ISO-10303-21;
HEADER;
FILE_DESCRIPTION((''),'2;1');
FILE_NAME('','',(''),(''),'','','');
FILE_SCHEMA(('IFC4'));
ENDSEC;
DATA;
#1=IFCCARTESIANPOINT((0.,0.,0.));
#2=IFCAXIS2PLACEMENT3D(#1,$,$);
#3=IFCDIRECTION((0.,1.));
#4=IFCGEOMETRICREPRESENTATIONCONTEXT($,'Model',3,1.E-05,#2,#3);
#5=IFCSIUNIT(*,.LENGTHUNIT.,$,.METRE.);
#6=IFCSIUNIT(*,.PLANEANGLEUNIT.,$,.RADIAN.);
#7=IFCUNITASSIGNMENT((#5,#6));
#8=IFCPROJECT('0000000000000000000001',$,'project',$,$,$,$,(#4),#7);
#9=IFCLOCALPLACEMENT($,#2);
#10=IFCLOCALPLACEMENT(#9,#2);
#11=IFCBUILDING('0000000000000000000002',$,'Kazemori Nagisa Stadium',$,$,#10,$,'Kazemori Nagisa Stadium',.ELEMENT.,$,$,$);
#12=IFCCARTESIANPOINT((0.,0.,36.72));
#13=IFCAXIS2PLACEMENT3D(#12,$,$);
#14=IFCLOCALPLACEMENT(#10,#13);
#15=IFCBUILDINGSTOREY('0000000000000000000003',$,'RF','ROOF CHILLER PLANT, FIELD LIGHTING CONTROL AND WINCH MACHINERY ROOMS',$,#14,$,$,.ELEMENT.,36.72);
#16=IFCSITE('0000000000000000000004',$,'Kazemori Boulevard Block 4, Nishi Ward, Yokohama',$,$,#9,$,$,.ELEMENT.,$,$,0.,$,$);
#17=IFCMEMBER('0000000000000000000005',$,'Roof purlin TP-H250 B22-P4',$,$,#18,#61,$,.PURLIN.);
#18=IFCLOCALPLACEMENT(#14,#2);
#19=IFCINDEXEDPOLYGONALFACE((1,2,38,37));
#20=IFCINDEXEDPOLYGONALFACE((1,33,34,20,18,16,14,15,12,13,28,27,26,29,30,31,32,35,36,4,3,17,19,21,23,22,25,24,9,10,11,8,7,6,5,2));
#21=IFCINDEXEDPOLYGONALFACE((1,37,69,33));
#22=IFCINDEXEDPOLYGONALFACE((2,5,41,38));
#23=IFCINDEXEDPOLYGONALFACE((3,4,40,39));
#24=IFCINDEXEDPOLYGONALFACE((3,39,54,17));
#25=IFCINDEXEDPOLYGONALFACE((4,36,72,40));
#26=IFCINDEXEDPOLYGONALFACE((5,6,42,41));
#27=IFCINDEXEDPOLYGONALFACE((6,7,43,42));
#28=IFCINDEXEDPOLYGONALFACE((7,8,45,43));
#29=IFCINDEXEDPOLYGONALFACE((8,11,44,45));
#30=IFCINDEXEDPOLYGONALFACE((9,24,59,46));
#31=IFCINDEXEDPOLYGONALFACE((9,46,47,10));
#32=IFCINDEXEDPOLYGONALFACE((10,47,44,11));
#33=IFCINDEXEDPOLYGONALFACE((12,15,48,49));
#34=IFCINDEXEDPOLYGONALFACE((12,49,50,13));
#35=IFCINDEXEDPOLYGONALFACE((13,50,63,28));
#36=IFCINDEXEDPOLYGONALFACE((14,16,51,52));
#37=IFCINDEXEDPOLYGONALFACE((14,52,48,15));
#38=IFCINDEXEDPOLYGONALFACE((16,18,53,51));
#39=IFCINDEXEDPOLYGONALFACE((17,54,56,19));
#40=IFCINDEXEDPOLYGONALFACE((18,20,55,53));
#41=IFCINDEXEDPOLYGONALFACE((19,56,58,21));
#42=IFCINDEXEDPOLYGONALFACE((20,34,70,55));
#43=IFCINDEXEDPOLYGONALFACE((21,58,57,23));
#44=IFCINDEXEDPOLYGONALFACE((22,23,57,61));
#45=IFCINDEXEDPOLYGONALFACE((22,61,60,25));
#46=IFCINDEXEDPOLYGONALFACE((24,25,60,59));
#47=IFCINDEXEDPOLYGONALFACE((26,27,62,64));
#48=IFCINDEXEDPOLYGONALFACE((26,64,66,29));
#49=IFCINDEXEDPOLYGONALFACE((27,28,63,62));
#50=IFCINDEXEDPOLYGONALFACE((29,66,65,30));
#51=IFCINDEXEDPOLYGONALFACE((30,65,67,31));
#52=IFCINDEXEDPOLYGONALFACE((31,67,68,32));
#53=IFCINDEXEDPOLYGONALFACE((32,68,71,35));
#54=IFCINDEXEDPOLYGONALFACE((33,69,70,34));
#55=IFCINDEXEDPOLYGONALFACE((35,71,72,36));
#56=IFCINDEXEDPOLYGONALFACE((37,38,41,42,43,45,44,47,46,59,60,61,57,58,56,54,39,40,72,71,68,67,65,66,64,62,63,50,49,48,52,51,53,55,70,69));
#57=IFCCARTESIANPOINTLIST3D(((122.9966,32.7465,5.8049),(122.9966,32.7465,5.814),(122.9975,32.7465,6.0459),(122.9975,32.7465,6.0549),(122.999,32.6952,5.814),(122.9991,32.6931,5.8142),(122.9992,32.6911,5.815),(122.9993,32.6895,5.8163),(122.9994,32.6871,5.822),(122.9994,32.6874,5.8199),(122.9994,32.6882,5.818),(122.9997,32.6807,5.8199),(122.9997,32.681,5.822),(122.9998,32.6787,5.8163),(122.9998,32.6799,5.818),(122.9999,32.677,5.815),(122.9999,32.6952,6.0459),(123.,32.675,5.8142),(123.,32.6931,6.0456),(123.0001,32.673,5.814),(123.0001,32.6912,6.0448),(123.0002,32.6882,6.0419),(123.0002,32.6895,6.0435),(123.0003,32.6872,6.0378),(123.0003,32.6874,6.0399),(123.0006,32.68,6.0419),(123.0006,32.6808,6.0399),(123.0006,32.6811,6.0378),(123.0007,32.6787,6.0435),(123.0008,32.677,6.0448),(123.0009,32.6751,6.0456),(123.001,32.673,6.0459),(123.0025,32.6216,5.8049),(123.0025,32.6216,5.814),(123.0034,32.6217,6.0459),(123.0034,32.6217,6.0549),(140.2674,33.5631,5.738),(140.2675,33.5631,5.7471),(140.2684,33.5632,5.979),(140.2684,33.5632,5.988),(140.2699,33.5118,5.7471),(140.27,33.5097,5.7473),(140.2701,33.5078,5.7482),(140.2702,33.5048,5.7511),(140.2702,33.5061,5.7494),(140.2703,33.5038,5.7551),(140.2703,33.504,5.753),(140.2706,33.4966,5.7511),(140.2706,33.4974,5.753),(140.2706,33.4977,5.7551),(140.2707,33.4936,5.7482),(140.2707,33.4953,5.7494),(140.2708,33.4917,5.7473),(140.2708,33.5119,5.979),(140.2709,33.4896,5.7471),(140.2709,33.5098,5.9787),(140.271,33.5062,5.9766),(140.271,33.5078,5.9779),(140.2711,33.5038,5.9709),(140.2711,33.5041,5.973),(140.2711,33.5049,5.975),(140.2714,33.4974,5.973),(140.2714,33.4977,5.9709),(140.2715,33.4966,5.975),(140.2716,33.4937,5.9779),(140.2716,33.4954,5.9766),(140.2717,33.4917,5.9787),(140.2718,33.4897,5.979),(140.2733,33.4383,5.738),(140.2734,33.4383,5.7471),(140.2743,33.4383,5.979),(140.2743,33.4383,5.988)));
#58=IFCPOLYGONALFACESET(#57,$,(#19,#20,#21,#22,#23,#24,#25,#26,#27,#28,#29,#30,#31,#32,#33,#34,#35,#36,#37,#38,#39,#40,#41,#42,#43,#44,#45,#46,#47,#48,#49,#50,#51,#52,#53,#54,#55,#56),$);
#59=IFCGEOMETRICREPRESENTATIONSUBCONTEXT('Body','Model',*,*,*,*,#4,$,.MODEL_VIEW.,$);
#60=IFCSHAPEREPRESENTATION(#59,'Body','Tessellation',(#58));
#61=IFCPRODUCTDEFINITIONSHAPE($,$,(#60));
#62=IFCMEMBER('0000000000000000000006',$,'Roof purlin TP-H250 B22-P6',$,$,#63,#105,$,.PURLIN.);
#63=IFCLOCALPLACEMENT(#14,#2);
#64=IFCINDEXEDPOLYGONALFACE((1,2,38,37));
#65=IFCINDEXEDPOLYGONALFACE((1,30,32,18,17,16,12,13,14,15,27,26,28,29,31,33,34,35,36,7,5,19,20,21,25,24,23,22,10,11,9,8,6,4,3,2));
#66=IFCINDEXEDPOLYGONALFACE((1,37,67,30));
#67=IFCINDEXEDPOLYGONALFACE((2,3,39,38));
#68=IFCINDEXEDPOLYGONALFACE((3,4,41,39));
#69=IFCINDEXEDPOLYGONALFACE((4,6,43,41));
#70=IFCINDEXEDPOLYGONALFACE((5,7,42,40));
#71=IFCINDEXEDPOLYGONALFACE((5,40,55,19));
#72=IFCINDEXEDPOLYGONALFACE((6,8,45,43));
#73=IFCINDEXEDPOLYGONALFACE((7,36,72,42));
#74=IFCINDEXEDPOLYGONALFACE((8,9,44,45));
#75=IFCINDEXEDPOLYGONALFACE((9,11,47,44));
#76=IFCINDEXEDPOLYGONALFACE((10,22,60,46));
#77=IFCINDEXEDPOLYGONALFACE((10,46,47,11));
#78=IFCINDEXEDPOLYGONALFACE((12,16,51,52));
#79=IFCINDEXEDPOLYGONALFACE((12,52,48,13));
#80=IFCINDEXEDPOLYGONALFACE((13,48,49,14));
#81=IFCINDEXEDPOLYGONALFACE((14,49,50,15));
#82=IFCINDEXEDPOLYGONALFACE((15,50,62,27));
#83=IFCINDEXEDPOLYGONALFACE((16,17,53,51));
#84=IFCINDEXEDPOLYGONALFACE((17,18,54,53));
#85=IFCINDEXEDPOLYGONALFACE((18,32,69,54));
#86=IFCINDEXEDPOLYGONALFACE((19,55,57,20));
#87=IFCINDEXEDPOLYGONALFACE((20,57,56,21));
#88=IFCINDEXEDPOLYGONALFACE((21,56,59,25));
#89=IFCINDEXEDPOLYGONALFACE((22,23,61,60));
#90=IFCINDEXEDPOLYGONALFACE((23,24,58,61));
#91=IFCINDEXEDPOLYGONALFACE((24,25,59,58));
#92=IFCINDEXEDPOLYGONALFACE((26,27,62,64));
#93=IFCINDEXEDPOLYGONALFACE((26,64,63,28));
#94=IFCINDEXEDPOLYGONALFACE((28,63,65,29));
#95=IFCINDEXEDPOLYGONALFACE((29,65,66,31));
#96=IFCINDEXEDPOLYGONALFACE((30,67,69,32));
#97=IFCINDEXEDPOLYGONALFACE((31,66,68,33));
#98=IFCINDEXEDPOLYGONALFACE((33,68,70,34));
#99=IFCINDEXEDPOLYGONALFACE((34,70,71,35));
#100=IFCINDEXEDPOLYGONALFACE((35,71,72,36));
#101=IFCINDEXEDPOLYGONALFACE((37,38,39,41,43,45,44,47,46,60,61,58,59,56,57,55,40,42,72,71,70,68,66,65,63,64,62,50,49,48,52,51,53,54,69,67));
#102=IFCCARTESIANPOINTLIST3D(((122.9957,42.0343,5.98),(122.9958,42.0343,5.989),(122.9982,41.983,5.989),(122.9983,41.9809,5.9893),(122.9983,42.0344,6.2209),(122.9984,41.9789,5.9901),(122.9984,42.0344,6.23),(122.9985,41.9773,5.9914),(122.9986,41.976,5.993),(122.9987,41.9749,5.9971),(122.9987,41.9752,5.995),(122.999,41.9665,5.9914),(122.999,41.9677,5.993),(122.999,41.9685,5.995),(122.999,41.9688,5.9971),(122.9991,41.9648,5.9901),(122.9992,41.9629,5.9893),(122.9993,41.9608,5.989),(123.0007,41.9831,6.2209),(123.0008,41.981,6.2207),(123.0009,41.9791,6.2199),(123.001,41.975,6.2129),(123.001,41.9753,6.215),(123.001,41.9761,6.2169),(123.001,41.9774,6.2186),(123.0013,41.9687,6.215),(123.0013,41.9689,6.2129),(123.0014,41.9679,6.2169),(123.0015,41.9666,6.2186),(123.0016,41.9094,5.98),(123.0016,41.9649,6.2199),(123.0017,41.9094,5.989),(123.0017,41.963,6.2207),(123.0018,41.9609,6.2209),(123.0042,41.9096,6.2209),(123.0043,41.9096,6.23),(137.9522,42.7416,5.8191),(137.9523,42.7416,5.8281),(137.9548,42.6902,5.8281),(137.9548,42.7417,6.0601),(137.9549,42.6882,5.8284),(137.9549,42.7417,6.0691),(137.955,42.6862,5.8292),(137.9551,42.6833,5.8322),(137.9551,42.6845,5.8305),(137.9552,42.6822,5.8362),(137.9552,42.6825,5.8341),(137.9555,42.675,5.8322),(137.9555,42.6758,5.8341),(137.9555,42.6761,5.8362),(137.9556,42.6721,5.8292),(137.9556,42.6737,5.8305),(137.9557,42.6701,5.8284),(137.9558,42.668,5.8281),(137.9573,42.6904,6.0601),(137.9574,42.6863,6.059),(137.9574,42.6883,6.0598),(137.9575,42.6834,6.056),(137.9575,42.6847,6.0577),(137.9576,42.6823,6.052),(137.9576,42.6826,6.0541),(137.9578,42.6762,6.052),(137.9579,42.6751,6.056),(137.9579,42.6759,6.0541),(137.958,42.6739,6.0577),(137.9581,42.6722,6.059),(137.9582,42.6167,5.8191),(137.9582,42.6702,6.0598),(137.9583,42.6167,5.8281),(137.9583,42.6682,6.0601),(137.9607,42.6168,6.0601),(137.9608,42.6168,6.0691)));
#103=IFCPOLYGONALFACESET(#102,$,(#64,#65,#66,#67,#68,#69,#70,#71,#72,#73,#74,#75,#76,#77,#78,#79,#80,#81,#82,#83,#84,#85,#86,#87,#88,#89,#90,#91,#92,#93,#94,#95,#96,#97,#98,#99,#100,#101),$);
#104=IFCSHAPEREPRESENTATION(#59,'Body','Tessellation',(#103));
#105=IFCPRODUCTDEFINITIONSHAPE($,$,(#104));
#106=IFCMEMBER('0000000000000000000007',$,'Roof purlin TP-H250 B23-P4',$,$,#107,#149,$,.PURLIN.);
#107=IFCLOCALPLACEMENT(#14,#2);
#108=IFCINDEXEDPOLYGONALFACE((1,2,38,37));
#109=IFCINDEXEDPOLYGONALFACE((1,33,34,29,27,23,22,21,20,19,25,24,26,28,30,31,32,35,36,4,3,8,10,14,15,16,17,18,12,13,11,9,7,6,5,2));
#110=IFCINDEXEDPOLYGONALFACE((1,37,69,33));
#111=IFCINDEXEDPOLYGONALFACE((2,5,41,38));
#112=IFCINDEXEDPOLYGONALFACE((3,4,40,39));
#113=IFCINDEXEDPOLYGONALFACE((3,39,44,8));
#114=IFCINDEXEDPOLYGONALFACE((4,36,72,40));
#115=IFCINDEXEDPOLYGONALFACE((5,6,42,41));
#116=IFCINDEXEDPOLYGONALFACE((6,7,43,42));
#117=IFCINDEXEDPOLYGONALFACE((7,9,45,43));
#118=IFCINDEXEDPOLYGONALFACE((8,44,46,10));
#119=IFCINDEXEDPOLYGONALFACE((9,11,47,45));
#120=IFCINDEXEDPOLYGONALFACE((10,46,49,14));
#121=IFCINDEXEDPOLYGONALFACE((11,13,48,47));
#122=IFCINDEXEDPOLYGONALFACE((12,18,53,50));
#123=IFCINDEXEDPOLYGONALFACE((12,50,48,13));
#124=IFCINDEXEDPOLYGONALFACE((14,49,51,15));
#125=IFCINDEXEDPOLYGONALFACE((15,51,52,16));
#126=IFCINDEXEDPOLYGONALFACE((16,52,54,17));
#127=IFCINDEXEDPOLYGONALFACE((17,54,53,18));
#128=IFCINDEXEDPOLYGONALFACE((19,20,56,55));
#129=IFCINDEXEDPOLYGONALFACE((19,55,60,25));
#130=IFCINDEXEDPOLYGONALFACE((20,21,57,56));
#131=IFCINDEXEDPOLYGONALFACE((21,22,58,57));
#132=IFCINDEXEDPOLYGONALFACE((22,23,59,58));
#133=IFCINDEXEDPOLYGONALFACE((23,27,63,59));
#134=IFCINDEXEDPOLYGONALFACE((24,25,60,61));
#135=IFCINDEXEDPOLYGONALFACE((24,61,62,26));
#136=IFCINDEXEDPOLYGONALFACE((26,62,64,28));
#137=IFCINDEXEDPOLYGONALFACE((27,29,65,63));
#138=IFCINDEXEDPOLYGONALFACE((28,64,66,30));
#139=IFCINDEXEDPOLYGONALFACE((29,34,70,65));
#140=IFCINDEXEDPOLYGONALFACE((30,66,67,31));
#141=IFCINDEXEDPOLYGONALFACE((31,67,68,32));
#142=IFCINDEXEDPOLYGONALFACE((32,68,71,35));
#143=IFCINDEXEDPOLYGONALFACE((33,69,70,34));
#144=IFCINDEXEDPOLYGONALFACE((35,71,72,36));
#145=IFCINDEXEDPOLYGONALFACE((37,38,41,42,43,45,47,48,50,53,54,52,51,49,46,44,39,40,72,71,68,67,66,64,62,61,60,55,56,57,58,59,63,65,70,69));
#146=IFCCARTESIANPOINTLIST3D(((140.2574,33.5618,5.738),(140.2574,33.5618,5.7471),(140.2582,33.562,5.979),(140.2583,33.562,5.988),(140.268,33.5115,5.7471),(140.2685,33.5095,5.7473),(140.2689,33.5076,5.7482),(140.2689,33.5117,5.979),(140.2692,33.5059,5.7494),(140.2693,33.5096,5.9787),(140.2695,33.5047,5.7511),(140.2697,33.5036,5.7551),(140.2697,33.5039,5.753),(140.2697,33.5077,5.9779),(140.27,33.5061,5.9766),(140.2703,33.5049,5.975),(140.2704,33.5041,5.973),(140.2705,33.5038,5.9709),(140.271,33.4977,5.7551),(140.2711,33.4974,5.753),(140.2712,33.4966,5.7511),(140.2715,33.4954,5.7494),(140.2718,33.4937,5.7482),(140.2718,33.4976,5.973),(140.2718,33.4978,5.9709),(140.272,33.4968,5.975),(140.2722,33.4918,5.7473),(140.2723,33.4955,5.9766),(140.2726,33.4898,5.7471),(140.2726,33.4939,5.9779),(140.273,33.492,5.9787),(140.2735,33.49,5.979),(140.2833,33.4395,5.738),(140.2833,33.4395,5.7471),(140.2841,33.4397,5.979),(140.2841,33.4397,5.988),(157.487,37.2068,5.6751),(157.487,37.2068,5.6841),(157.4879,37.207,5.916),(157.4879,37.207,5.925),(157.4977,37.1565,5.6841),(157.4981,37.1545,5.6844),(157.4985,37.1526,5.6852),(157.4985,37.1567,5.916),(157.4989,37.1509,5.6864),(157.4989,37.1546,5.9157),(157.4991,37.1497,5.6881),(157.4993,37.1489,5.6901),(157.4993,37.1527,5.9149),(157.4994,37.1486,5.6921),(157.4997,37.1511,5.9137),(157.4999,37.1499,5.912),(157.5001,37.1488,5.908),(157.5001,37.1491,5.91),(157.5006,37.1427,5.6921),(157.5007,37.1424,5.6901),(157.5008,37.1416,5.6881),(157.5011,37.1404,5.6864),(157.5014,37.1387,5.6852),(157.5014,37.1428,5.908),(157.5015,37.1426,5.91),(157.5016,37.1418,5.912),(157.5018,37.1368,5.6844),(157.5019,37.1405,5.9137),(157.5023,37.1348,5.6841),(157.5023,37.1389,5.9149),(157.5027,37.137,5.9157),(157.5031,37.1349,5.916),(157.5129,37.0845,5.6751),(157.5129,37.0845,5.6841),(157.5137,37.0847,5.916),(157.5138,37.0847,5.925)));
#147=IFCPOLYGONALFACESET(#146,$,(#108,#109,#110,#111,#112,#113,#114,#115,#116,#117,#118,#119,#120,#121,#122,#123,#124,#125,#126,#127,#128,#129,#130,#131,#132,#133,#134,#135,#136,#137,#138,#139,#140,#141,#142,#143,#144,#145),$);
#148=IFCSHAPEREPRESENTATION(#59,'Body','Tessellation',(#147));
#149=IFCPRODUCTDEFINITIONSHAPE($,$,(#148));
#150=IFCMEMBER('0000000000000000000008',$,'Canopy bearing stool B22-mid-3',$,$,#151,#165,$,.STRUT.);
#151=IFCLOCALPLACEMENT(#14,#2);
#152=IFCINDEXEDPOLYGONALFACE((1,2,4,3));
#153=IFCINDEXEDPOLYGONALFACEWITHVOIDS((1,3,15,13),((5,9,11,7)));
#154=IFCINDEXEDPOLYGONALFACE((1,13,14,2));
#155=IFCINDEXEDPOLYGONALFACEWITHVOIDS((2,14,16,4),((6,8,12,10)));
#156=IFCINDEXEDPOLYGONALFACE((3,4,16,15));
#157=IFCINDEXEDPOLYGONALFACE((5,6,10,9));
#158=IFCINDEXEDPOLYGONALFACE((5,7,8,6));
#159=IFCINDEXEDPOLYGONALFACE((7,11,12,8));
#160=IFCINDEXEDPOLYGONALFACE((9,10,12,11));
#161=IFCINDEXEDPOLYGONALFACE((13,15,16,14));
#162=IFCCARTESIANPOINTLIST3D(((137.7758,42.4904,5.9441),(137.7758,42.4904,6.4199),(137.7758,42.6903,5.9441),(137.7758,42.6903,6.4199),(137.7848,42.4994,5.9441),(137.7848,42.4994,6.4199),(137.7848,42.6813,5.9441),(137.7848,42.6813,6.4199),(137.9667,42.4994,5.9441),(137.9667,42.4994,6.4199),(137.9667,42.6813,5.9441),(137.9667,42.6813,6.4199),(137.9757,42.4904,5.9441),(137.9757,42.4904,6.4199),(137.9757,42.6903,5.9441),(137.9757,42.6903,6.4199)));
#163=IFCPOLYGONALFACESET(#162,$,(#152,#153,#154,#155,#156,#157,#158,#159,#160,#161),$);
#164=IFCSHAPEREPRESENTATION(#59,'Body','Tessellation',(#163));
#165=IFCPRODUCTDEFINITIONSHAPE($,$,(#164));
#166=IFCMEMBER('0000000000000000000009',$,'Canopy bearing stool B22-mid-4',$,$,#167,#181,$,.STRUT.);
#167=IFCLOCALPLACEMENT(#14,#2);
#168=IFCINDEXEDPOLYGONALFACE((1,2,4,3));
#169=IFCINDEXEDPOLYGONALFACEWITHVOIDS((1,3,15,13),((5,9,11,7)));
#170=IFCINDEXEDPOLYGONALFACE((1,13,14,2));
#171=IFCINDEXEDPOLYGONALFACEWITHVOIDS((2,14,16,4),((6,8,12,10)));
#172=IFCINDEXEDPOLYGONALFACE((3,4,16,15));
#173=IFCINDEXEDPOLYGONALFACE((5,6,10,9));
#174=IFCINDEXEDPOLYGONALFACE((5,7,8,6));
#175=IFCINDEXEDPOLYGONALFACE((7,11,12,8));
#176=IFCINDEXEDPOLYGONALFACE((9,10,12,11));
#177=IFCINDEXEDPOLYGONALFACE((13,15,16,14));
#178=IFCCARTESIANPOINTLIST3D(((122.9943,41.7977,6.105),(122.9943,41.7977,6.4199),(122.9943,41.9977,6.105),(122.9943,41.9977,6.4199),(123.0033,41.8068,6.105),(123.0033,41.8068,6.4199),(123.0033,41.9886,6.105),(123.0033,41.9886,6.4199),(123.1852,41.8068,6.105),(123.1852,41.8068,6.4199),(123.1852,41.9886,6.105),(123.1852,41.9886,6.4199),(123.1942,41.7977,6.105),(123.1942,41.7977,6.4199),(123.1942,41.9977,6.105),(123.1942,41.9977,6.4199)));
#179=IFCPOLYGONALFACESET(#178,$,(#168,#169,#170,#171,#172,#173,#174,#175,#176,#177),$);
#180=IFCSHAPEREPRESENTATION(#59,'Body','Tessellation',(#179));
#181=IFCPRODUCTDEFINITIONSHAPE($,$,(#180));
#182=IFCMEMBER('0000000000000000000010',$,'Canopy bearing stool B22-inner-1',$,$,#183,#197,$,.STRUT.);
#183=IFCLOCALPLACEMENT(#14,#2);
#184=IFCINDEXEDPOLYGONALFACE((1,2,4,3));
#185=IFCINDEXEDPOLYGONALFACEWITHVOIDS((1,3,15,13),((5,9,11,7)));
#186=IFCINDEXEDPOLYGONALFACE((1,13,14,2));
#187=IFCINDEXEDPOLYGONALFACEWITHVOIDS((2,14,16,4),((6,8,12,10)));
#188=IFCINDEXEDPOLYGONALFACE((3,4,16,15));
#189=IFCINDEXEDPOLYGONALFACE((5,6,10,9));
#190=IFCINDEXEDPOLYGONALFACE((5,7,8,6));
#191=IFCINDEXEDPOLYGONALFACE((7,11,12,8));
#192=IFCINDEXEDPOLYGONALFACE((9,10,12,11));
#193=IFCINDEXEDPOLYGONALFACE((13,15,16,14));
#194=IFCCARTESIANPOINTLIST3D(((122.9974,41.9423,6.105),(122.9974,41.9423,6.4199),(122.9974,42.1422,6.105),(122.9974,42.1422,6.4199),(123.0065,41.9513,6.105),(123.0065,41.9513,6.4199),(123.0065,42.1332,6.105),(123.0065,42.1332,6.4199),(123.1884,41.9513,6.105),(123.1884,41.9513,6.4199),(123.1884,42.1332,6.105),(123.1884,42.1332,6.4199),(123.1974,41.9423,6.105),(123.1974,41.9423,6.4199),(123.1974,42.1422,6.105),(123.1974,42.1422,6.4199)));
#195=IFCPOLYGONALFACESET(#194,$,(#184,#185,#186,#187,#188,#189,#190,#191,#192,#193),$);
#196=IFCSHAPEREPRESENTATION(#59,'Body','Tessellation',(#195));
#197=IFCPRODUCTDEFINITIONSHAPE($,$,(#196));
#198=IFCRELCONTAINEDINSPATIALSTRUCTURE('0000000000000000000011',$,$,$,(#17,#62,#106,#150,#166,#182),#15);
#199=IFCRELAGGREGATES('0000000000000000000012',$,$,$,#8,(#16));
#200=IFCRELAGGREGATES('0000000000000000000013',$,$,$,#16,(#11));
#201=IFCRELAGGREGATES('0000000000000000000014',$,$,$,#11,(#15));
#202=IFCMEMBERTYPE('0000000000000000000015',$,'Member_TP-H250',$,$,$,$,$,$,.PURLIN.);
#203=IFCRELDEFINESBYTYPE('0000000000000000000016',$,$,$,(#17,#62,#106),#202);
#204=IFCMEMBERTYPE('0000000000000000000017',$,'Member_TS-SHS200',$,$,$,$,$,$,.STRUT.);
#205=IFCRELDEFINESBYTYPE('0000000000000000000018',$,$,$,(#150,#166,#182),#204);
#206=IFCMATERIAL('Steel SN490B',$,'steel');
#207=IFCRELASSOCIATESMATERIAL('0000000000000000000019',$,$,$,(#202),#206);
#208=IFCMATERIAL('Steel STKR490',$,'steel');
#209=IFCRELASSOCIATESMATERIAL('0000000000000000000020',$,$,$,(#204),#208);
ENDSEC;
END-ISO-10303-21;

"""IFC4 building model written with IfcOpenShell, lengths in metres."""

from ifc_helpers import new_model, si_unit, direction, frame, origin, origin_2d, place, context, subcontext, project, spatial, hollow_rectangle, i_section, extrude, material, material_profile, profile_set, type_object, element, save


model = new_model("IFC4")

# Units and contexts
model_context = context("Model", 3, precision=1e-05, world=origin(), true_north=direction((0.0, 1.0)))
body_context = subcontext(model_context, "Body", "Model", "MODEL_VIEW")
ifc_project = project(units=[si_unit("LENGTHUNIT", "METRE"), si_unit("PLANEANGLEUNIT", "RADIAN")], contexts=[model_context])

# Site, building, storey
site_placement = place(None, origin())
site = spatial("IfcSite", under=ifc_project, at=site_placement, Name="Kazemori Boulevard Block 4, Nishi Ward, Yokohama", CompositionType="ELEMENT", RefElevation=0.0)
building_placement = place(site_placement, origin())
building = spatial("IfcBuilding", under=site, at=building_placement, Name="Kazemori Nagisa Stadium", LongName="Kazemori Nagisa Stadium", CompositionType="ELEMENT")
storey_placement = place(building_placement, frame((0.0, 0.0, 36.72)))
storey = spatial("IfcBuildingStorey", under=building, at=storey_placement, Name="RF", Description="ROOF CHILLER PLANT, FIELD LIGHTING CONTROL AND WINCH MACHINERY ROOMS", CompositionType="ELEMENT", Elevation=36.72)

# Members
ifc_material_1 = material(Name="Steel STKR490", Category="steel")
ifc_material_2 = material(Name="Steel SN490B", Category="steel")
ifc_material_profile_1 = material_profile(ifc_material_2, i_section(OverallWidth=0.125, OverallDepth=0.25, WebThickness=0.0061, FlangeThickness=0.009, FilletRadius=0.0081, at=origin_2d()), Name="H-250x125x6x9")
ifc_profile_set_1 = profile_set([ifc_material_profile_1], Name="Steel SN490B")
member_type_1 = type_object("IfcMemberType", Name="Member_TP-H250", PredefinedType="PURLIN", material=ifc_profile_set_1)
member_1_placement = place(storey_placement, frame((123.0, 32.6841, 5.9299), z_axis=(0.998876, 0.047232, -0.003869), x_axis=(-0.047232, 0.998884, 0.0)))
element("IfcMember", 1, at=member_1_placement, inside=storey, type_object=member_type_1, Name="Roof purlin TP-H250 B22-P4", PredefinedType="PURLIN", context=body_context, shape_type="SweptSolid", body=[
    extrude(i_section(OverallWidth=0.125, OverallDepth=0.25, WebThickness=0.0061, FlangeThickness=0.009, FilletRadius=0.0081, at=origin_2d()), origin(), (0.0, 0.0, 1.0), 17.2903),
])
member_2_placement = place(storey_placement, frame((123.0, 41.9719, 6.105), z_axis=(0.998826, 0.047233, -0.010744), x_axis=(-0.047236, 0.998884, 0.0)))
element("IfcMember", 2, at=member_2_placement, inside=storey, type_object=member_type_1, Name="Roof purlin TP-H250 B22-P6", PredefinedType="PURLIN", context=body_context, shape_type="SweptSolid", body=[
    extrude(i_section(OverallWidth=0.125, OverallDepth=0.25, WebThickness=0.0061, FlangeThickness=0.009, FilletRadius=0.0081, at=origin_2d()), origin(), (0.0, 0.0, 1.0), 14.9741),
])
member_3_placement = place(storey_placement, frame((140.2708, 33.5007, 5.863), z_axis=(0.97834, 0.206972, -0.003577), x_axis=(-0.206973, 0.978347, 0.0)))
element("IfcMember", 3, at=member_3_placement, inside=storey, type_object=member_type_1, Name="Roof purlin TP-H250 B23-P4", PredefinedType="PURLIN", context=body_context, shape_type="SweptSolid", body=[
    extrude(i_section(OverallWidth=0.125, OverallDepth=0.25, WebThickness=0.0061, FlangeThickness=0.009, FilletRadius=0.0081, at=origin_2d()), origin(), (0.0, 0.0, 1.0), 17.6111),
])
ifc_material_profile_2 = material_profile(ifc_material_1, hollow_rectangle(XDim=0.2, YDim=0.2, WallThickness=0.009, at=origin_2d()), Name="SHS-200x200x9")
ifc_profile_set_2 = profile_set([ifc_material_profile_2], Name="Steel STKR490")
member_type_2 = type_object("IfcMemberType", Name="Member_TS-SHS200", PredefinedType="STRUT", material=ifc_profile_set_2)
member_4_placement = place(storey_placement, frame((137.8757, 42.5903, 5.9441), z_axis=(0.0, 0.0, 1.0), x_axis=(1.0, 0.0, 0.0)))
element("IfcMember", 4, at=member_4_placement, inside=storey, type_object=member_type_2, Name="Canopy bearing stool B22-mid-3", PredefinedType="STRUT", context=body_context, shape_type="SweptSolid", body=[
    extrude(hollow_rectangle(XDim=0.2, YDim=0.2, WallThickness=0.009, at=origin_2d()), origin(), (0.0, 0.0, 1.0), 0.4758),
])
for number, where, z_axis, x_axis, name in (
    (5, (123.0942, 41.8977, 6.105), (0.0, 0.0, 1.0), (1.0, 0.0, 0.0), "Canopy bearing stool B22-mid-4"),
    (6, (123.0974, 42.0422, 6.105), (0.0, 0.0, 1.0), (1.0, 0.0, 0.0), "Canopy bearing stool B22-inner-1"),
):
    element("IfcMember", number, at=place(storey_placement, frame(where, z_axis=z_axis, x_axis=x_axis)), inside=storey, type_object=member_type_2, Name=name, PredefinedType="STRUT", context=body_context, shape_type="SweptSolid", body=[
        extrude(hollow_rectangle(XDim=0.2, YDim=0.2, WallThickness=0.009, at=origin_2d()), origin(), (0.0, 0.0, 1.0), 0.3149),
    ])

save(model, "model.ifc")
